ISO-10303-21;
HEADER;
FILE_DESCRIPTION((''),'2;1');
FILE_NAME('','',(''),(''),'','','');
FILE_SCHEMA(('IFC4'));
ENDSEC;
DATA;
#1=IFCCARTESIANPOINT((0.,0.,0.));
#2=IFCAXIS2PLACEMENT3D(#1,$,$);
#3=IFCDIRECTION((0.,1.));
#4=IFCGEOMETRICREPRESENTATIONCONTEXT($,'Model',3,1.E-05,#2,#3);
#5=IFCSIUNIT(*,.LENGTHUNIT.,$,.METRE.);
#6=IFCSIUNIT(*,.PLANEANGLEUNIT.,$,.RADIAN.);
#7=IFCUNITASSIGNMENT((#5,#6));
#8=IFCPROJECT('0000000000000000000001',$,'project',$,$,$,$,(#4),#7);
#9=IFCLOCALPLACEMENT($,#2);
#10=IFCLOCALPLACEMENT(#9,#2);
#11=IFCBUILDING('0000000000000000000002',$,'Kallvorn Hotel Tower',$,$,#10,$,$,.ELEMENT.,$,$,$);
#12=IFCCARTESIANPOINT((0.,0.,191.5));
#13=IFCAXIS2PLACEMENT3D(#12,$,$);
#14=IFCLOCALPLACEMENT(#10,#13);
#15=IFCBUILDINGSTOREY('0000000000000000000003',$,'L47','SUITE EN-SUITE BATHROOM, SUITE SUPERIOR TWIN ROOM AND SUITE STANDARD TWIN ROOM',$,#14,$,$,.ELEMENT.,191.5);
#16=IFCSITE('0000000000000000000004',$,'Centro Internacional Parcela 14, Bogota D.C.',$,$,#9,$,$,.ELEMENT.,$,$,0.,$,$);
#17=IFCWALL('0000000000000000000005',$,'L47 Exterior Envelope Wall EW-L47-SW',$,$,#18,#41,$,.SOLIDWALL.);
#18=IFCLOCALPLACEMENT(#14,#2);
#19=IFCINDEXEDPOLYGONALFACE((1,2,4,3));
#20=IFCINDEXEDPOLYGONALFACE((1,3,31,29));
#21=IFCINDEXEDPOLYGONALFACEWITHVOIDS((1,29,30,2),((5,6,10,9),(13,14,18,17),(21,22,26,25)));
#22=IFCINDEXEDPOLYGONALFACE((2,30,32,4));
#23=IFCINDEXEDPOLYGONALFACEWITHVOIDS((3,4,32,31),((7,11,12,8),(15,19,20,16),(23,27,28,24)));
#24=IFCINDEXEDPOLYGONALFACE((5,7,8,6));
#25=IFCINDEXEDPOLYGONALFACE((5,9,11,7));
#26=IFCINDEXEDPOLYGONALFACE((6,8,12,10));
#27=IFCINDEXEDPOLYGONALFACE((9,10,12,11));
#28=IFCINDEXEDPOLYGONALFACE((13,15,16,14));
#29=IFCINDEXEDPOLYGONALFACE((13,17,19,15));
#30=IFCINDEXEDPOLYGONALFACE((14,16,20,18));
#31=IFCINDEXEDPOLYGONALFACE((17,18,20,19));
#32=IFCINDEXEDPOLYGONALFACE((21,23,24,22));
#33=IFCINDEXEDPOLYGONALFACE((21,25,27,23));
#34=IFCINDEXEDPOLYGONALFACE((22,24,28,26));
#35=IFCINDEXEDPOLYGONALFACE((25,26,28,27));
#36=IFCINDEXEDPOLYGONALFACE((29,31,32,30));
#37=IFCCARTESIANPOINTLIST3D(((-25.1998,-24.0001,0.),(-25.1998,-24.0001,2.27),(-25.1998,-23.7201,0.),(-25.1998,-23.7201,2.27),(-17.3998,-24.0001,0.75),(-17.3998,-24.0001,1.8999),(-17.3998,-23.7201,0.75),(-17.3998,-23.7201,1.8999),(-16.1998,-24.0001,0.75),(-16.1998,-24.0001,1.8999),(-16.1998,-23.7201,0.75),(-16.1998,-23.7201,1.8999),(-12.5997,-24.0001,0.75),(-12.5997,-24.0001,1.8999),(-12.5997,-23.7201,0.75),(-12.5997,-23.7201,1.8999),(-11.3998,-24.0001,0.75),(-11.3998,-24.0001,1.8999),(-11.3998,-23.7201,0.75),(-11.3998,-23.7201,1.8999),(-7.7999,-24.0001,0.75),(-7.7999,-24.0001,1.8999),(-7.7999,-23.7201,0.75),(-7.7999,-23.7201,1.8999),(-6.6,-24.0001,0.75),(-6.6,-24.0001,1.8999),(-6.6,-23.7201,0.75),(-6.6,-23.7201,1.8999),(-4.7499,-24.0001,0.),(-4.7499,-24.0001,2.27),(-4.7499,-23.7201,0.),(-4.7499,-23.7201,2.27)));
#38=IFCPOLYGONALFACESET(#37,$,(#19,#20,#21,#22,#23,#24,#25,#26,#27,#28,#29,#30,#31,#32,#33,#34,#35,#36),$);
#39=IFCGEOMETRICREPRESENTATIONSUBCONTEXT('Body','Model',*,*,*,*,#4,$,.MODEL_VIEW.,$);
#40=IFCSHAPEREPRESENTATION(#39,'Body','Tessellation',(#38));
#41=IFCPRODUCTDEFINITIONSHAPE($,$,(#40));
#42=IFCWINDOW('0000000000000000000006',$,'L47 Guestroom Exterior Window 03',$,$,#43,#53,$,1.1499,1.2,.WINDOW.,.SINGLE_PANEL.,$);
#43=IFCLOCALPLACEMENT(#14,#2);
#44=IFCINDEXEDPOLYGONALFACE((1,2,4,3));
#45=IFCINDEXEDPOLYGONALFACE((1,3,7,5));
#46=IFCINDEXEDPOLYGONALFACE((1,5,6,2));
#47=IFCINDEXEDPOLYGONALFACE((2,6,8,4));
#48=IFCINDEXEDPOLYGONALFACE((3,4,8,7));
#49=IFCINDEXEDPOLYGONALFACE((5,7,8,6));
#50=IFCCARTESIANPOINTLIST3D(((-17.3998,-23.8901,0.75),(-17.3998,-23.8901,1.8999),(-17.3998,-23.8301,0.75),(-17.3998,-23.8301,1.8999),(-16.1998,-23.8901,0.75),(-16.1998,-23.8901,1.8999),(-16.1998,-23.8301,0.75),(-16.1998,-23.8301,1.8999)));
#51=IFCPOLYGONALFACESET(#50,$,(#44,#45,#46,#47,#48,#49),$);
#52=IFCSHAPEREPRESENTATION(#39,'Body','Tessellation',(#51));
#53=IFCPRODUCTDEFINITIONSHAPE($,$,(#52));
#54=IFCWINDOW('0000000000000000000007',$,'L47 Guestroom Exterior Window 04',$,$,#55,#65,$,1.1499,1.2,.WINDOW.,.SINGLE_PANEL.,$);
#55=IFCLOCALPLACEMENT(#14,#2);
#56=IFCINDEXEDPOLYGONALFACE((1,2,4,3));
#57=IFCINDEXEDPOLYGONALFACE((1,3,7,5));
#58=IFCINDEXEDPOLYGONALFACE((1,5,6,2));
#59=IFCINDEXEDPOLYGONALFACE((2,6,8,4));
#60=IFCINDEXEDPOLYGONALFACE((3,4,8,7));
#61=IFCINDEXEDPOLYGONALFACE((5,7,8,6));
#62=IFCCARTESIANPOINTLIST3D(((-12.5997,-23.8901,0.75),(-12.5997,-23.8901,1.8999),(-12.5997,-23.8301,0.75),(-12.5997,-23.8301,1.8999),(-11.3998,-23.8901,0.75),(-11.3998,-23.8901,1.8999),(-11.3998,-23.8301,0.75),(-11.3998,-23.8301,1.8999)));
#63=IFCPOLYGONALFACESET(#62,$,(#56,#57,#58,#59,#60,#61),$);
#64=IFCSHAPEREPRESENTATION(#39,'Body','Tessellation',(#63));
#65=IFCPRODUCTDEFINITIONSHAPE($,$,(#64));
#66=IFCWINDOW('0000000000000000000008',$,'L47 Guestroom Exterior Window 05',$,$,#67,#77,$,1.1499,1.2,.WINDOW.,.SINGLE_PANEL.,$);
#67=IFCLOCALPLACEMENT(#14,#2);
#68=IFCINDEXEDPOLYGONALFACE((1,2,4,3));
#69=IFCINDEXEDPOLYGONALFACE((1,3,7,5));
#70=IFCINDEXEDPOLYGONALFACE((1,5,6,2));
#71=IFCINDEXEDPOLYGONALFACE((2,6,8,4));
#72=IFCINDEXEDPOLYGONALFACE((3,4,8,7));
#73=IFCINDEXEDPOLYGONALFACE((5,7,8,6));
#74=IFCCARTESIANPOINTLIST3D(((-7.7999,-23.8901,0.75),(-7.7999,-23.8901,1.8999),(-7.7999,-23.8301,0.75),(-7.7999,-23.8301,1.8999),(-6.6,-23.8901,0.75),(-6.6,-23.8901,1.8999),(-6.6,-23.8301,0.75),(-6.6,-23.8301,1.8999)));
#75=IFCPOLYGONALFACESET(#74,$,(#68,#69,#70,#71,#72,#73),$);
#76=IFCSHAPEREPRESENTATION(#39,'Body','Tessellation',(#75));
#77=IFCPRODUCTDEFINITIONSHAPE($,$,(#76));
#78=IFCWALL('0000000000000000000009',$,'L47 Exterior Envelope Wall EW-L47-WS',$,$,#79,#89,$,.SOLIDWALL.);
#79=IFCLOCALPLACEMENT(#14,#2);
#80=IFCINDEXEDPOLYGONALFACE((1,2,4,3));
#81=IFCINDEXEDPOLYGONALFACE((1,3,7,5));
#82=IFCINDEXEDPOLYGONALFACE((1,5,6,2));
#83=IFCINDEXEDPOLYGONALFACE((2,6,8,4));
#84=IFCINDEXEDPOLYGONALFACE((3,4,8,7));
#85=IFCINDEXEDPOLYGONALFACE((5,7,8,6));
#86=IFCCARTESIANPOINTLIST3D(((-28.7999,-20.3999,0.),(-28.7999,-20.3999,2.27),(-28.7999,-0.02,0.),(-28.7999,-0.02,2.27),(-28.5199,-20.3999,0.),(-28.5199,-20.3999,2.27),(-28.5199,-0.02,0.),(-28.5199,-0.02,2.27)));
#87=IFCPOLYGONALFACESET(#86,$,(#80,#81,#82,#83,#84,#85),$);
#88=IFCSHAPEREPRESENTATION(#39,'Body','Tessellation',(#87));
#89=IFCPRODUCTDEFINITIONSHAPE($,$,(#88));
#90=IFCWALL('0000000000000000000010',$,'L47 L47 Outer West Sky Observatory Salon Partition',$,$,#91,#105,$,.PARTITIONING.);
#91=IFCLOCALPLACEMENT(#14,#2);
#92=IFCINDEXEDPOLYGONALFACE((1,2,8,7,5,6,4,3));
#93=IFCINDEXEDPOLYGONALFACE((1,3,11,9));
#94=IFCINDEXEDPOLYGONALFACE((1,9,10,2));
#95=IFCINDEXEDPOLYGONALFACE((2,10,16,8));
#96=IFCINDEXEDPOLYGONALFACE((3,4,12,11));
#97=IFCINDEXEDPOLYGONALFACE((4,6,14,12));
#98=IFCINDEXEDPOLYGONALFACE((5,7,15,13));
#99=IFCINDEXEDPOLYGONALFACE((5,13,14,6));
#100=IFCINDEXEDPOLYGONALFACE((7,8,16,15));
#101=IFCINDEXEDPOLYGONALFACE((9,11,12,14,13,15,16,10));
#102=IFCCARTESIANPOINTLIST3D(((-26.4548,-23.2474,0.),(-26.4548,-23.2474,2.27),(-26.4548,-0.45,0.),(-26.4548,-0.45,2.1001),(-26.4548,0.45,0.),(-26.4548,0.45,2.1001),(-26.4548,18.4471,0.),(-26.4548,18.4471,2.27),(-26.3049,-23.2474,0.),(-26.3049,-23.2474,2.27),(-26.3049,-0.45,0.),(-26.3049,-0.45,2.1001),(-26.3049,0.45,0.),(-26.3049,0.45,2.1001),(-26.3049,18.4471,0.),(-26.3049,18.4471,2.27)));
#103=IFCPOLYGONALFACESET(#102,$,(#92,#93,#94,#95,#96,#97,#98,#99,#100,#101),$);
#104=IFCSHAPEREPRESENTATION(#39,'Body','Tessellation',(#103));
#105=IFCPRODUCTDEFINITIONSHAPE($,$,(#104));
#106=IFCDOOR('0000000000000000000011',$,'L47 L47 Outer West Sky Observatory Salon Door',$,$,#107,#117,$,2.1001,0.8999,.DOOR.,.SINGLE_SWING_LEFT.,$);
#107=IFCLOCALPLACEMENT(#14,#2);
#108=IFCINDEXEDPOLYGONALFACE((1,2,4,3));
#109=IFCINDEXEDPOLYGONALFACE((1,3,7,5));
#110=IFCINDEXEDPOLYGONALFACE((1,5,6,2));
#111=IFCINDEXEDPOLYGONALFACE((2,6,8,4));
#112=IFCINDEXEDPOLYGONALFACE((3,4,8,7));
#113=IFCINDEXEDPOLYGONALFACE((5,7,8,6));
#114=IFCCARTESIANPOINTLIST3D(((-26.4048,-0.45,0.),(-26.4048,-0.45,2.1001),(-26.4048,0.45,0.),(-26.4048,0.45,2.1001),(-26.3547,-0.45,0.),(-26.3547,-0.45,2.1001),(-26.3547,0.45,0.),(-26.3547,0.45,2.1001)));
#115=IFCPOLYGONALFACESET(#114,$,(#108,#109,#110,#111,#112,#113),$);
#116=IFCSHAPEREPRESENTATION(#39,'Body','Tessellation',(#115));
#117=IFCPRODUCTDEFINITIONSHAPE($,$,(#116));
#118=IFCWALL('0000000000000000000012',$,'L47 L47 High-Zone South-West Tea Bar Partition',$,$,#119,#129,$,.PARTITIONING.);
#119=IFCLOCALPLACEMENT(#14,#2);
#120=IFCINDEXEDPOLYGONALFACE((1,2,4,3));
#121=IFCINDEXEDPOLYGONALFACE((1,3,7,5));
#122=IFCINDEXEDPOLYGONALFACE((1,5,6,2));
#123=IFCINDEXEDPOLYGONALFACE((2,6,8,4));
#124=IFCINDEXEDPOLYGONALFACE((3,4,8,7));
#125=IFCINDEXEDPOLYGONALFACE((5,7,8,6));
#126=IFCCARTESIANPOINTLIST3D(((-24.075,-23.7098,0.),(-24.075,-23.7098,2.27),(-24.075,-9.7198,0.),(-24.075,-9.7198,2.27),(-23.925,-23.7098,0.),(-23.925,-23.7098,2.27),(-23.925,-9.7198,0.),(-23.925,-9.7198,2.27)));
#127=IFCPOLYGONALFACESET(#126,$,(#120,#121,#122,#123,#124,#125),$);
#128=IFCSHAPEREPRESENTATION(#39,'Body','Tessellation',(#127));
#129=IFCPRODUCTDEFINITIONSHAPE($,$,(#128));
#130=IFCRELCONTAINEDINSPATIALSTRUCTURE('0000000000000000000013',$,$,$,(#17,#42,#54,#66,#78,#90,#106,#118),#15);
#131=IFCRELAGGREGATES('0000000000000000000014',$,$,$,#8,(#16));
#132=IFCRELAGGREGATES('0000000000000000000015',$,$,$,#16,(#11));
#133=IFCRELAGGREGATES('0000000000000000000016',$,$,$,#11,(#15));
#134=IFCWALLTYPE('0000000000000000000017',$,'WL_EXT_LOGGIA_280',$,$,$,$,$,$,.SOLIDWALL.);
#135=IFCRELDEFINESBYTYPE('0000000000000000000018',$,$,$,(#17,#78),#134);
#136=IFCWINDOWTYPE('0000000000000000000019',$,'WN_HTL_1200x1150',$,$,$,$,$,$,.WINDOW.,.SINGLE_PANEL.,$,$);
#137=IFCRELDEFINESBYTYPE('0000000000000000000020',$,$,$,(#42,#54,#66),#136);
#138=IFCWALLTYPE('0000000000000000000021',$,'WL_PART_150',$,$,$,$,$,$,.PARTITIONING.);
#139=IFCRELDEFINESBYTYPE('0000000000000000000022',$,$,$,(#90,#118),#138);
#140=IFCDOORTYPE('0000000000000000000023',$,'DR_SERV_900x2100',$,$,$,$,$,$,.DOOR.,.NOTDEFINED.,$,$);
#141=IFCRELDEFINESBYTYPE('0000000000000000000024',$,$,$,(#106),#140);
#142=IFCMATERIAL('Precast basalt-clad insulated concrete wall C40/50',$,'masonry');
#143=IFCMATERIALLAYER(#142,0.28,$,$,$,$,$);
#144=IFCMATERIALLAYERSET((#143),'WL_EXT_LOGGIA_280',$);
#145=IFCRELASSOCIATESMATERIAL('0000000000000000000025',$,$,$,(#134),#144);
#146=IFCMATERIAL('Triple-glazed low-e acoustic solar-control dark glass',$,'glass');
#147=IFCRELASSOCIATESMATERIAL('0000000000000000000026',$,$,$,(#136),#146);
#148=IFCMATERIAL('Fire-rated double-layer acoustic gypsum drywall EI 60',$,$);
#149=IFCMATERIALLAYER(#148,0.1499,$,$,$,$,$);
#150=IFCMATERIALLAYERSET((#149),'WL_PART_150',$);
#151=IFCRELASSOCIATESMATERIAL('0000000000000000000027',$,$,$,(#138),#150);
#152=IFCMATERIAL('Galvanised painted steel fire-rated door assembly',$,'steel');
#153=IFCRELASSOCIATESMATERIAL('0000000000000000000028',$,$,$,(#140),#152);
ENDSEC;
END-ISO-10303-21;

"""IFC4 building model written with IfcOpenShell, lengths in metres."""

from ifc_helpers import new_model, si_unit, direction, frame, frame_2d, origin, place, context, subcontext, project, spatial, rectangle, extrude, material, layer, layer_set, type_object, element, fill, save


model = new_model("IFC4")

# Units and contexts
model_context = context("Model", 3, precision=1e-05, world=origin(), true_north=direction((0.0, 1.0)))
body_context = subcontext(model_context, "Body", "Model", "MODEL_VIEW")
ifc_project = project(units=[si_unit("LENGTHUNIT", "METRE"), si_unit("PLANEANGLEUNIT", "RADIAN")], contexts=[model_context])

# Site, building, storey
site_placement = place(None, origin())
site = spatial("IfcSite", under=ifc_project, at=site_placement, Name="Centro Internacional Parcela 14, Bogota D.C.", CompositionType="ELEMENT", RefElevation=0.0)
building_placement = place(site_placement, origin())
building = spatial("IfcBuilding", under=site, at=building_placement, Name="Kallvorn Hotel Tower", CompositionType="ELEMENT")
storey_placement = place(building_placement, frame((0.0, 0.0, 191.5)))
storey = spatial("IfcBuildingStorey", under=building, at=storey_placement, Name="L47", Description="SUITE EN-SUITE BATHROOM, SUITE SUPERIOR TWIN ROOM AND SUITE STANDARD TWIN ROOM", CompositionType="ELEMENT", Elevation=191.5)

# Shared definitions
ifc_material_1 = material(Name="Precast basalt-clad insulated concrete wall C40/50", Category="masonry")
ifc_layer_1 = layer(ifc_material_1, 0.28)
ifc_layer_set_1 = layer_set([ifc_layer_1], Name="WL_EXT_LOGGIA_280")
wall_type_1 = type_object("IfcWallType", Name="WL_EXT_LOGGIA_280", PredefinedType="SOLIDWALL", material=ifc_layer_set_1)

# Wall, openings, windows
wall_1_placement = place(storey_placement, frame((-25.2, -23.8601, 0.0), z_axis=(0.0, 0.0, 1.0), x_axis=(1.0, 0.0, 0.0)))
wall_1 = element("IfcWall", 1, at=wall_1_placement, inside=storey, type_object=wall_type_1, Name="L47 Exterior Envelope Wall EW-L47-SW", PredefinedType="SOLIDWALL", context=body_context, shape_type="SweptSolid", body=[
    extrude(rectangle(XDim=20.45, YDim=0.28, at=frame_2d((10.2251, 0.0))), origin(), (0.0, 0.0, 1.0), 2.27),
])
opening_1_placement = place(wall_1_placement, frame((7.8, 0.0, 0.75)))
opening_1 = element("IfcOpeningElement", 2, at=opening_1_placement, cuts=wall_1, PredefinedType="OPENING", context=body_context, shape_type="SweptSolid", body=[
    extrude(rectangle(XDim=1.2, YDim=1.1499, at=frame_2d((0.6001, 0.575))), frame((0.0, 0.155, 0.0), z_axis=(0.0, -1.0, 0.0), x_axis=(1.0, 0.0, 0.0)), (0.0, 0.0, 1.0), 0.3101),
])
opening_2_placement = place(wall_1_placement, frame((12.6001, 0.0, 0.75)))
opening_2 = element("IfcOpeningElement", 3, at=opening_2_placement, cuts=wall_1, PredefinedType="OPENING", context=body_context, shape_type="SweptSolid", body=[
    extrude(rectangle(XDim=1.2, YDim=1.1499, at=frame_2d((0.6001, 0.575))), frame((0.0, 0.155, 0.0), z_axis=(0.0, -1.0, 0.0), x_axis=(1.0, 0.0, 0.0)), (0.0, 0.0, 1.0), 0.3101),
])
opening_3_placement = place(wall_1_placement, frame((17.3999, 0.0, 0.75)))
opening_3 = element("IfcOpeningElement", 4, at=opening_3_placement, cuts=wall_1, PredefinedType="OPENING", context=body_context, shape_type="SweptSolid", body=[
    extrude(rectangle(XDim=1.2, YDim=1.1499, at=frame_2d((0.6001, 0.575))), frame((0.0, 0.155, 0.0), z_axis=(0.0, -1.0, 0.0), x_axis=(1.0, 0.0, 0.0)), (0.0, 0.0, 1.0), 0.3101),
])
ifc_material_2 = material(Name="Triple-glazed low-e acoustic solar-control dark glass", Category="glass")
window_type = type_object("IfcWindowType", Name="WN_HTL_1200x1150", PartitioningType="SINGLE_PANEL", PredefinedType="WINDOW", material=ifc_material_2)
window_1_placement = place(opening_1_placement, origin())
window_1 = element("IfcWindow", 5, at=window_1_placement, inside=storey, type_object=window_type, Name="L47 Guestroom Exterior Window 03", OverallHeight=1.1499, OverallWidth=1.2, PartitioningType="SINGLE_PANEL", PredefinedType="WINDOW", context=body_context, shape_type="SweptSolid", body=[
    extrude(rectangle(XDim=1.2, YDim=1.1499, at=frame_2d((0.6001, 0.575))), frame((0.0, 0.03, 0.0), z_axis=(0.0, -1.0, 0.0), x_axis=(1.0, 0.0, 0.0)), (0.0, 0.0, 1.0), 0.0601),
])
fill(opening_1, window_1)
window_2_placement = place(opening_2_placement, origin())
window_2 = element("IfcWindow", 6, at=window_2_placement, inside=storey, type_object=window_type, Name="L47 Guestroom Exterior Window 04", OverallHeight=1.1499, OverallWidth=1.2, PartitioningType="SINGLE_PANEL", PredefinedType="WINDOW", context=body_context, shape_type="SweptSolid", body=[
    extrude(rectangle(XDim=1.2, YDim=1.1499, at=frame_2d((0.6001, 0.575))), frame((0.0, 0.03, 0.0), z_axis=(0.0, -1.0, 0.0), x_axis=(1.0, 0.0, 0.0)), (0.0, 0.0, 1.0), 0.0601),
])
fill(opening_2, window_2)
window_3_placement = place(opening_3_placement, origin())
window_3 = element("IfcWindow", 7, at=window_3_placement, inside=storey, type_object=window_type, Name="L47 Guestroom Exterior Window 05", OverallHeight=1.1499, OverallWidth=1.2, PartitioningType="SINGLE_PANEL", PredefinedType="WINDOW", context=body_context, shape_type="SweptSolid", body=[
    extrude(rectangle(XDim=1.2, YDim=1.1499, at=frame_2d((0.6001, 0.575))), frame((0.0, 0.03, 0.0), z_axis=(0.0, -1.0, 0.0), x_axis=(1.0, 0.0, 0.0)), (0.0, 0.0, 1.0), 0.0601),
])
fill(opening_3, window_3)

# Wall
wall_2_placement = place(storey_placement, frame((-28.6599, -20.3999, 0.0), z_axis=(0.0, 0.0, 1.0), x_axis=(0.0, 1.0, 0.0)))
element("IfcWall", 8, at=wall_2_placement, inside=storey, type_object=wall_type_1, Name="L47 Exterior Envelope Wall EW-L47-WS", PredefinedType="SOLIDWALL", context=body_context, shape_type="SweptSolid", body=[
    extrude(rectangle(XDim=20.3799, YDim=0.28, at=frame_2d((10.1899, 0.0))), origin(), (0.0, 0.0, 1.0), 2.27),
])

# Wall, opening, door
ifc_material_3 = material(Name="Fire-rated double-layer acoustic gypsum drywall EI 60")
ifc_layer_2 = layer(ifc_material_3, 0.1499)
ifc_layer_set_2 = layer_set([ifc_layer_2], Name="WL_PART_150")
wall_type_2 = type_object("IfcWallType", Name="WL_PART_150", PredefinedType="PARTITIONING", material=ifc_layer_set_2)
wall_3_placement = place(storey_placement, frame((-26.3799, -23.2473, 0.0), z_axis=(0.0, 0.0, 1.0), x_axis=(0.0, 1.0, 0.0)))
wall_3 = element("IfcWall", 9, at=wall_3_placement, inside=storey, type_object=wall_type_2, Name="L47 L47 Outer West Sky Observatory Salon Partition", PredefinedType="PARTITIONING", context=body_context, shape_type="SweptSolid", body=[
    extrude(rectangle(XDim=41.6946, YDim=0.1499, at=frame_2d((20.8472, 0.0))), origin(), (0.0, 0.0, 1.0), 2.27),
])
opening_4_placement = place(wall_3_placement, frame((22.7974, 0.0, 0.0)))
opening_4 = element("IfcOpeningElement", 10, at=opening_4_placement, cuts=wall_3, PredefinedType="OPENING", context=body_context, shape_type="SweptSolid", body=[
    extrude(rectangle(XDim=0.8999, YDim=2.1001, at=frame_2d((0.45, 1.05))), frame((0.0, 0.0898, 0.0), z_axis=(0.0, -1.0, 0.0), x_axis=(1.0, 0.0, 0.0)), (0.0, 0.0, 1.0), 0.1799),
])
ifc_material_4 = material(Name="Galvanised painted steel fire-rated door assembly", Category="steel")
door_type = type_object("IfcDoorType", Name="DR_SERV_900x2100", OperationType="NOTDEFINED", PredefinedType="DOOR", material=ifc_material_4)
door_placement = place(opening_4_placement, origin())
door = element("IfcDoor", 11, at=door_placement, inside=storey, type_object=door_type, Name="L47 L47 Outer West Sky Observatory Salon Door", OperationType="SINGLE_SWING_LEFT", OverallHeight=2.1001, OverallWidth=0.8999, PredefinedType="DOOR", context=body_context, shape_type="SweptSolid", body=[
    extrude(rectangle(XDim=0.8999, YDim=2.1001, at=frame_2d((0.45, 1.05))), frame((0.0, 0.0249, 0.0), z_axis=(0.0, -1.0, 0.0), x_axis=(1.0, 0.0, 0.0)), (0.0, 0.0, 1.0), 0.05),
])
fill(opening_4, door)

# Wall
wall_4_placement = place(storey_placement, frame((-24.0, -23.71, 0.0), z_axis=(0.0, 0.0, 1.0), x_axis=(0.0, 1.0, 0.0)))
element("IfcWall", 12, at=wall_4_placement, inside=storey, type_object=wall_type_2, Name="L47 L47 High-Zone South-West Tea Bar Partition", PredefinedType="PARTITIONING", context=body_context, shape_type="SweptSolid", body=[
    extrude(rectangle(XDim=13.99, YDim=0.1499, at=frame_2d((6.9951, 0.0))), origin(), (0.0, 0.0, 1.0), 2.27),
])

save(model, "model.ifc")
